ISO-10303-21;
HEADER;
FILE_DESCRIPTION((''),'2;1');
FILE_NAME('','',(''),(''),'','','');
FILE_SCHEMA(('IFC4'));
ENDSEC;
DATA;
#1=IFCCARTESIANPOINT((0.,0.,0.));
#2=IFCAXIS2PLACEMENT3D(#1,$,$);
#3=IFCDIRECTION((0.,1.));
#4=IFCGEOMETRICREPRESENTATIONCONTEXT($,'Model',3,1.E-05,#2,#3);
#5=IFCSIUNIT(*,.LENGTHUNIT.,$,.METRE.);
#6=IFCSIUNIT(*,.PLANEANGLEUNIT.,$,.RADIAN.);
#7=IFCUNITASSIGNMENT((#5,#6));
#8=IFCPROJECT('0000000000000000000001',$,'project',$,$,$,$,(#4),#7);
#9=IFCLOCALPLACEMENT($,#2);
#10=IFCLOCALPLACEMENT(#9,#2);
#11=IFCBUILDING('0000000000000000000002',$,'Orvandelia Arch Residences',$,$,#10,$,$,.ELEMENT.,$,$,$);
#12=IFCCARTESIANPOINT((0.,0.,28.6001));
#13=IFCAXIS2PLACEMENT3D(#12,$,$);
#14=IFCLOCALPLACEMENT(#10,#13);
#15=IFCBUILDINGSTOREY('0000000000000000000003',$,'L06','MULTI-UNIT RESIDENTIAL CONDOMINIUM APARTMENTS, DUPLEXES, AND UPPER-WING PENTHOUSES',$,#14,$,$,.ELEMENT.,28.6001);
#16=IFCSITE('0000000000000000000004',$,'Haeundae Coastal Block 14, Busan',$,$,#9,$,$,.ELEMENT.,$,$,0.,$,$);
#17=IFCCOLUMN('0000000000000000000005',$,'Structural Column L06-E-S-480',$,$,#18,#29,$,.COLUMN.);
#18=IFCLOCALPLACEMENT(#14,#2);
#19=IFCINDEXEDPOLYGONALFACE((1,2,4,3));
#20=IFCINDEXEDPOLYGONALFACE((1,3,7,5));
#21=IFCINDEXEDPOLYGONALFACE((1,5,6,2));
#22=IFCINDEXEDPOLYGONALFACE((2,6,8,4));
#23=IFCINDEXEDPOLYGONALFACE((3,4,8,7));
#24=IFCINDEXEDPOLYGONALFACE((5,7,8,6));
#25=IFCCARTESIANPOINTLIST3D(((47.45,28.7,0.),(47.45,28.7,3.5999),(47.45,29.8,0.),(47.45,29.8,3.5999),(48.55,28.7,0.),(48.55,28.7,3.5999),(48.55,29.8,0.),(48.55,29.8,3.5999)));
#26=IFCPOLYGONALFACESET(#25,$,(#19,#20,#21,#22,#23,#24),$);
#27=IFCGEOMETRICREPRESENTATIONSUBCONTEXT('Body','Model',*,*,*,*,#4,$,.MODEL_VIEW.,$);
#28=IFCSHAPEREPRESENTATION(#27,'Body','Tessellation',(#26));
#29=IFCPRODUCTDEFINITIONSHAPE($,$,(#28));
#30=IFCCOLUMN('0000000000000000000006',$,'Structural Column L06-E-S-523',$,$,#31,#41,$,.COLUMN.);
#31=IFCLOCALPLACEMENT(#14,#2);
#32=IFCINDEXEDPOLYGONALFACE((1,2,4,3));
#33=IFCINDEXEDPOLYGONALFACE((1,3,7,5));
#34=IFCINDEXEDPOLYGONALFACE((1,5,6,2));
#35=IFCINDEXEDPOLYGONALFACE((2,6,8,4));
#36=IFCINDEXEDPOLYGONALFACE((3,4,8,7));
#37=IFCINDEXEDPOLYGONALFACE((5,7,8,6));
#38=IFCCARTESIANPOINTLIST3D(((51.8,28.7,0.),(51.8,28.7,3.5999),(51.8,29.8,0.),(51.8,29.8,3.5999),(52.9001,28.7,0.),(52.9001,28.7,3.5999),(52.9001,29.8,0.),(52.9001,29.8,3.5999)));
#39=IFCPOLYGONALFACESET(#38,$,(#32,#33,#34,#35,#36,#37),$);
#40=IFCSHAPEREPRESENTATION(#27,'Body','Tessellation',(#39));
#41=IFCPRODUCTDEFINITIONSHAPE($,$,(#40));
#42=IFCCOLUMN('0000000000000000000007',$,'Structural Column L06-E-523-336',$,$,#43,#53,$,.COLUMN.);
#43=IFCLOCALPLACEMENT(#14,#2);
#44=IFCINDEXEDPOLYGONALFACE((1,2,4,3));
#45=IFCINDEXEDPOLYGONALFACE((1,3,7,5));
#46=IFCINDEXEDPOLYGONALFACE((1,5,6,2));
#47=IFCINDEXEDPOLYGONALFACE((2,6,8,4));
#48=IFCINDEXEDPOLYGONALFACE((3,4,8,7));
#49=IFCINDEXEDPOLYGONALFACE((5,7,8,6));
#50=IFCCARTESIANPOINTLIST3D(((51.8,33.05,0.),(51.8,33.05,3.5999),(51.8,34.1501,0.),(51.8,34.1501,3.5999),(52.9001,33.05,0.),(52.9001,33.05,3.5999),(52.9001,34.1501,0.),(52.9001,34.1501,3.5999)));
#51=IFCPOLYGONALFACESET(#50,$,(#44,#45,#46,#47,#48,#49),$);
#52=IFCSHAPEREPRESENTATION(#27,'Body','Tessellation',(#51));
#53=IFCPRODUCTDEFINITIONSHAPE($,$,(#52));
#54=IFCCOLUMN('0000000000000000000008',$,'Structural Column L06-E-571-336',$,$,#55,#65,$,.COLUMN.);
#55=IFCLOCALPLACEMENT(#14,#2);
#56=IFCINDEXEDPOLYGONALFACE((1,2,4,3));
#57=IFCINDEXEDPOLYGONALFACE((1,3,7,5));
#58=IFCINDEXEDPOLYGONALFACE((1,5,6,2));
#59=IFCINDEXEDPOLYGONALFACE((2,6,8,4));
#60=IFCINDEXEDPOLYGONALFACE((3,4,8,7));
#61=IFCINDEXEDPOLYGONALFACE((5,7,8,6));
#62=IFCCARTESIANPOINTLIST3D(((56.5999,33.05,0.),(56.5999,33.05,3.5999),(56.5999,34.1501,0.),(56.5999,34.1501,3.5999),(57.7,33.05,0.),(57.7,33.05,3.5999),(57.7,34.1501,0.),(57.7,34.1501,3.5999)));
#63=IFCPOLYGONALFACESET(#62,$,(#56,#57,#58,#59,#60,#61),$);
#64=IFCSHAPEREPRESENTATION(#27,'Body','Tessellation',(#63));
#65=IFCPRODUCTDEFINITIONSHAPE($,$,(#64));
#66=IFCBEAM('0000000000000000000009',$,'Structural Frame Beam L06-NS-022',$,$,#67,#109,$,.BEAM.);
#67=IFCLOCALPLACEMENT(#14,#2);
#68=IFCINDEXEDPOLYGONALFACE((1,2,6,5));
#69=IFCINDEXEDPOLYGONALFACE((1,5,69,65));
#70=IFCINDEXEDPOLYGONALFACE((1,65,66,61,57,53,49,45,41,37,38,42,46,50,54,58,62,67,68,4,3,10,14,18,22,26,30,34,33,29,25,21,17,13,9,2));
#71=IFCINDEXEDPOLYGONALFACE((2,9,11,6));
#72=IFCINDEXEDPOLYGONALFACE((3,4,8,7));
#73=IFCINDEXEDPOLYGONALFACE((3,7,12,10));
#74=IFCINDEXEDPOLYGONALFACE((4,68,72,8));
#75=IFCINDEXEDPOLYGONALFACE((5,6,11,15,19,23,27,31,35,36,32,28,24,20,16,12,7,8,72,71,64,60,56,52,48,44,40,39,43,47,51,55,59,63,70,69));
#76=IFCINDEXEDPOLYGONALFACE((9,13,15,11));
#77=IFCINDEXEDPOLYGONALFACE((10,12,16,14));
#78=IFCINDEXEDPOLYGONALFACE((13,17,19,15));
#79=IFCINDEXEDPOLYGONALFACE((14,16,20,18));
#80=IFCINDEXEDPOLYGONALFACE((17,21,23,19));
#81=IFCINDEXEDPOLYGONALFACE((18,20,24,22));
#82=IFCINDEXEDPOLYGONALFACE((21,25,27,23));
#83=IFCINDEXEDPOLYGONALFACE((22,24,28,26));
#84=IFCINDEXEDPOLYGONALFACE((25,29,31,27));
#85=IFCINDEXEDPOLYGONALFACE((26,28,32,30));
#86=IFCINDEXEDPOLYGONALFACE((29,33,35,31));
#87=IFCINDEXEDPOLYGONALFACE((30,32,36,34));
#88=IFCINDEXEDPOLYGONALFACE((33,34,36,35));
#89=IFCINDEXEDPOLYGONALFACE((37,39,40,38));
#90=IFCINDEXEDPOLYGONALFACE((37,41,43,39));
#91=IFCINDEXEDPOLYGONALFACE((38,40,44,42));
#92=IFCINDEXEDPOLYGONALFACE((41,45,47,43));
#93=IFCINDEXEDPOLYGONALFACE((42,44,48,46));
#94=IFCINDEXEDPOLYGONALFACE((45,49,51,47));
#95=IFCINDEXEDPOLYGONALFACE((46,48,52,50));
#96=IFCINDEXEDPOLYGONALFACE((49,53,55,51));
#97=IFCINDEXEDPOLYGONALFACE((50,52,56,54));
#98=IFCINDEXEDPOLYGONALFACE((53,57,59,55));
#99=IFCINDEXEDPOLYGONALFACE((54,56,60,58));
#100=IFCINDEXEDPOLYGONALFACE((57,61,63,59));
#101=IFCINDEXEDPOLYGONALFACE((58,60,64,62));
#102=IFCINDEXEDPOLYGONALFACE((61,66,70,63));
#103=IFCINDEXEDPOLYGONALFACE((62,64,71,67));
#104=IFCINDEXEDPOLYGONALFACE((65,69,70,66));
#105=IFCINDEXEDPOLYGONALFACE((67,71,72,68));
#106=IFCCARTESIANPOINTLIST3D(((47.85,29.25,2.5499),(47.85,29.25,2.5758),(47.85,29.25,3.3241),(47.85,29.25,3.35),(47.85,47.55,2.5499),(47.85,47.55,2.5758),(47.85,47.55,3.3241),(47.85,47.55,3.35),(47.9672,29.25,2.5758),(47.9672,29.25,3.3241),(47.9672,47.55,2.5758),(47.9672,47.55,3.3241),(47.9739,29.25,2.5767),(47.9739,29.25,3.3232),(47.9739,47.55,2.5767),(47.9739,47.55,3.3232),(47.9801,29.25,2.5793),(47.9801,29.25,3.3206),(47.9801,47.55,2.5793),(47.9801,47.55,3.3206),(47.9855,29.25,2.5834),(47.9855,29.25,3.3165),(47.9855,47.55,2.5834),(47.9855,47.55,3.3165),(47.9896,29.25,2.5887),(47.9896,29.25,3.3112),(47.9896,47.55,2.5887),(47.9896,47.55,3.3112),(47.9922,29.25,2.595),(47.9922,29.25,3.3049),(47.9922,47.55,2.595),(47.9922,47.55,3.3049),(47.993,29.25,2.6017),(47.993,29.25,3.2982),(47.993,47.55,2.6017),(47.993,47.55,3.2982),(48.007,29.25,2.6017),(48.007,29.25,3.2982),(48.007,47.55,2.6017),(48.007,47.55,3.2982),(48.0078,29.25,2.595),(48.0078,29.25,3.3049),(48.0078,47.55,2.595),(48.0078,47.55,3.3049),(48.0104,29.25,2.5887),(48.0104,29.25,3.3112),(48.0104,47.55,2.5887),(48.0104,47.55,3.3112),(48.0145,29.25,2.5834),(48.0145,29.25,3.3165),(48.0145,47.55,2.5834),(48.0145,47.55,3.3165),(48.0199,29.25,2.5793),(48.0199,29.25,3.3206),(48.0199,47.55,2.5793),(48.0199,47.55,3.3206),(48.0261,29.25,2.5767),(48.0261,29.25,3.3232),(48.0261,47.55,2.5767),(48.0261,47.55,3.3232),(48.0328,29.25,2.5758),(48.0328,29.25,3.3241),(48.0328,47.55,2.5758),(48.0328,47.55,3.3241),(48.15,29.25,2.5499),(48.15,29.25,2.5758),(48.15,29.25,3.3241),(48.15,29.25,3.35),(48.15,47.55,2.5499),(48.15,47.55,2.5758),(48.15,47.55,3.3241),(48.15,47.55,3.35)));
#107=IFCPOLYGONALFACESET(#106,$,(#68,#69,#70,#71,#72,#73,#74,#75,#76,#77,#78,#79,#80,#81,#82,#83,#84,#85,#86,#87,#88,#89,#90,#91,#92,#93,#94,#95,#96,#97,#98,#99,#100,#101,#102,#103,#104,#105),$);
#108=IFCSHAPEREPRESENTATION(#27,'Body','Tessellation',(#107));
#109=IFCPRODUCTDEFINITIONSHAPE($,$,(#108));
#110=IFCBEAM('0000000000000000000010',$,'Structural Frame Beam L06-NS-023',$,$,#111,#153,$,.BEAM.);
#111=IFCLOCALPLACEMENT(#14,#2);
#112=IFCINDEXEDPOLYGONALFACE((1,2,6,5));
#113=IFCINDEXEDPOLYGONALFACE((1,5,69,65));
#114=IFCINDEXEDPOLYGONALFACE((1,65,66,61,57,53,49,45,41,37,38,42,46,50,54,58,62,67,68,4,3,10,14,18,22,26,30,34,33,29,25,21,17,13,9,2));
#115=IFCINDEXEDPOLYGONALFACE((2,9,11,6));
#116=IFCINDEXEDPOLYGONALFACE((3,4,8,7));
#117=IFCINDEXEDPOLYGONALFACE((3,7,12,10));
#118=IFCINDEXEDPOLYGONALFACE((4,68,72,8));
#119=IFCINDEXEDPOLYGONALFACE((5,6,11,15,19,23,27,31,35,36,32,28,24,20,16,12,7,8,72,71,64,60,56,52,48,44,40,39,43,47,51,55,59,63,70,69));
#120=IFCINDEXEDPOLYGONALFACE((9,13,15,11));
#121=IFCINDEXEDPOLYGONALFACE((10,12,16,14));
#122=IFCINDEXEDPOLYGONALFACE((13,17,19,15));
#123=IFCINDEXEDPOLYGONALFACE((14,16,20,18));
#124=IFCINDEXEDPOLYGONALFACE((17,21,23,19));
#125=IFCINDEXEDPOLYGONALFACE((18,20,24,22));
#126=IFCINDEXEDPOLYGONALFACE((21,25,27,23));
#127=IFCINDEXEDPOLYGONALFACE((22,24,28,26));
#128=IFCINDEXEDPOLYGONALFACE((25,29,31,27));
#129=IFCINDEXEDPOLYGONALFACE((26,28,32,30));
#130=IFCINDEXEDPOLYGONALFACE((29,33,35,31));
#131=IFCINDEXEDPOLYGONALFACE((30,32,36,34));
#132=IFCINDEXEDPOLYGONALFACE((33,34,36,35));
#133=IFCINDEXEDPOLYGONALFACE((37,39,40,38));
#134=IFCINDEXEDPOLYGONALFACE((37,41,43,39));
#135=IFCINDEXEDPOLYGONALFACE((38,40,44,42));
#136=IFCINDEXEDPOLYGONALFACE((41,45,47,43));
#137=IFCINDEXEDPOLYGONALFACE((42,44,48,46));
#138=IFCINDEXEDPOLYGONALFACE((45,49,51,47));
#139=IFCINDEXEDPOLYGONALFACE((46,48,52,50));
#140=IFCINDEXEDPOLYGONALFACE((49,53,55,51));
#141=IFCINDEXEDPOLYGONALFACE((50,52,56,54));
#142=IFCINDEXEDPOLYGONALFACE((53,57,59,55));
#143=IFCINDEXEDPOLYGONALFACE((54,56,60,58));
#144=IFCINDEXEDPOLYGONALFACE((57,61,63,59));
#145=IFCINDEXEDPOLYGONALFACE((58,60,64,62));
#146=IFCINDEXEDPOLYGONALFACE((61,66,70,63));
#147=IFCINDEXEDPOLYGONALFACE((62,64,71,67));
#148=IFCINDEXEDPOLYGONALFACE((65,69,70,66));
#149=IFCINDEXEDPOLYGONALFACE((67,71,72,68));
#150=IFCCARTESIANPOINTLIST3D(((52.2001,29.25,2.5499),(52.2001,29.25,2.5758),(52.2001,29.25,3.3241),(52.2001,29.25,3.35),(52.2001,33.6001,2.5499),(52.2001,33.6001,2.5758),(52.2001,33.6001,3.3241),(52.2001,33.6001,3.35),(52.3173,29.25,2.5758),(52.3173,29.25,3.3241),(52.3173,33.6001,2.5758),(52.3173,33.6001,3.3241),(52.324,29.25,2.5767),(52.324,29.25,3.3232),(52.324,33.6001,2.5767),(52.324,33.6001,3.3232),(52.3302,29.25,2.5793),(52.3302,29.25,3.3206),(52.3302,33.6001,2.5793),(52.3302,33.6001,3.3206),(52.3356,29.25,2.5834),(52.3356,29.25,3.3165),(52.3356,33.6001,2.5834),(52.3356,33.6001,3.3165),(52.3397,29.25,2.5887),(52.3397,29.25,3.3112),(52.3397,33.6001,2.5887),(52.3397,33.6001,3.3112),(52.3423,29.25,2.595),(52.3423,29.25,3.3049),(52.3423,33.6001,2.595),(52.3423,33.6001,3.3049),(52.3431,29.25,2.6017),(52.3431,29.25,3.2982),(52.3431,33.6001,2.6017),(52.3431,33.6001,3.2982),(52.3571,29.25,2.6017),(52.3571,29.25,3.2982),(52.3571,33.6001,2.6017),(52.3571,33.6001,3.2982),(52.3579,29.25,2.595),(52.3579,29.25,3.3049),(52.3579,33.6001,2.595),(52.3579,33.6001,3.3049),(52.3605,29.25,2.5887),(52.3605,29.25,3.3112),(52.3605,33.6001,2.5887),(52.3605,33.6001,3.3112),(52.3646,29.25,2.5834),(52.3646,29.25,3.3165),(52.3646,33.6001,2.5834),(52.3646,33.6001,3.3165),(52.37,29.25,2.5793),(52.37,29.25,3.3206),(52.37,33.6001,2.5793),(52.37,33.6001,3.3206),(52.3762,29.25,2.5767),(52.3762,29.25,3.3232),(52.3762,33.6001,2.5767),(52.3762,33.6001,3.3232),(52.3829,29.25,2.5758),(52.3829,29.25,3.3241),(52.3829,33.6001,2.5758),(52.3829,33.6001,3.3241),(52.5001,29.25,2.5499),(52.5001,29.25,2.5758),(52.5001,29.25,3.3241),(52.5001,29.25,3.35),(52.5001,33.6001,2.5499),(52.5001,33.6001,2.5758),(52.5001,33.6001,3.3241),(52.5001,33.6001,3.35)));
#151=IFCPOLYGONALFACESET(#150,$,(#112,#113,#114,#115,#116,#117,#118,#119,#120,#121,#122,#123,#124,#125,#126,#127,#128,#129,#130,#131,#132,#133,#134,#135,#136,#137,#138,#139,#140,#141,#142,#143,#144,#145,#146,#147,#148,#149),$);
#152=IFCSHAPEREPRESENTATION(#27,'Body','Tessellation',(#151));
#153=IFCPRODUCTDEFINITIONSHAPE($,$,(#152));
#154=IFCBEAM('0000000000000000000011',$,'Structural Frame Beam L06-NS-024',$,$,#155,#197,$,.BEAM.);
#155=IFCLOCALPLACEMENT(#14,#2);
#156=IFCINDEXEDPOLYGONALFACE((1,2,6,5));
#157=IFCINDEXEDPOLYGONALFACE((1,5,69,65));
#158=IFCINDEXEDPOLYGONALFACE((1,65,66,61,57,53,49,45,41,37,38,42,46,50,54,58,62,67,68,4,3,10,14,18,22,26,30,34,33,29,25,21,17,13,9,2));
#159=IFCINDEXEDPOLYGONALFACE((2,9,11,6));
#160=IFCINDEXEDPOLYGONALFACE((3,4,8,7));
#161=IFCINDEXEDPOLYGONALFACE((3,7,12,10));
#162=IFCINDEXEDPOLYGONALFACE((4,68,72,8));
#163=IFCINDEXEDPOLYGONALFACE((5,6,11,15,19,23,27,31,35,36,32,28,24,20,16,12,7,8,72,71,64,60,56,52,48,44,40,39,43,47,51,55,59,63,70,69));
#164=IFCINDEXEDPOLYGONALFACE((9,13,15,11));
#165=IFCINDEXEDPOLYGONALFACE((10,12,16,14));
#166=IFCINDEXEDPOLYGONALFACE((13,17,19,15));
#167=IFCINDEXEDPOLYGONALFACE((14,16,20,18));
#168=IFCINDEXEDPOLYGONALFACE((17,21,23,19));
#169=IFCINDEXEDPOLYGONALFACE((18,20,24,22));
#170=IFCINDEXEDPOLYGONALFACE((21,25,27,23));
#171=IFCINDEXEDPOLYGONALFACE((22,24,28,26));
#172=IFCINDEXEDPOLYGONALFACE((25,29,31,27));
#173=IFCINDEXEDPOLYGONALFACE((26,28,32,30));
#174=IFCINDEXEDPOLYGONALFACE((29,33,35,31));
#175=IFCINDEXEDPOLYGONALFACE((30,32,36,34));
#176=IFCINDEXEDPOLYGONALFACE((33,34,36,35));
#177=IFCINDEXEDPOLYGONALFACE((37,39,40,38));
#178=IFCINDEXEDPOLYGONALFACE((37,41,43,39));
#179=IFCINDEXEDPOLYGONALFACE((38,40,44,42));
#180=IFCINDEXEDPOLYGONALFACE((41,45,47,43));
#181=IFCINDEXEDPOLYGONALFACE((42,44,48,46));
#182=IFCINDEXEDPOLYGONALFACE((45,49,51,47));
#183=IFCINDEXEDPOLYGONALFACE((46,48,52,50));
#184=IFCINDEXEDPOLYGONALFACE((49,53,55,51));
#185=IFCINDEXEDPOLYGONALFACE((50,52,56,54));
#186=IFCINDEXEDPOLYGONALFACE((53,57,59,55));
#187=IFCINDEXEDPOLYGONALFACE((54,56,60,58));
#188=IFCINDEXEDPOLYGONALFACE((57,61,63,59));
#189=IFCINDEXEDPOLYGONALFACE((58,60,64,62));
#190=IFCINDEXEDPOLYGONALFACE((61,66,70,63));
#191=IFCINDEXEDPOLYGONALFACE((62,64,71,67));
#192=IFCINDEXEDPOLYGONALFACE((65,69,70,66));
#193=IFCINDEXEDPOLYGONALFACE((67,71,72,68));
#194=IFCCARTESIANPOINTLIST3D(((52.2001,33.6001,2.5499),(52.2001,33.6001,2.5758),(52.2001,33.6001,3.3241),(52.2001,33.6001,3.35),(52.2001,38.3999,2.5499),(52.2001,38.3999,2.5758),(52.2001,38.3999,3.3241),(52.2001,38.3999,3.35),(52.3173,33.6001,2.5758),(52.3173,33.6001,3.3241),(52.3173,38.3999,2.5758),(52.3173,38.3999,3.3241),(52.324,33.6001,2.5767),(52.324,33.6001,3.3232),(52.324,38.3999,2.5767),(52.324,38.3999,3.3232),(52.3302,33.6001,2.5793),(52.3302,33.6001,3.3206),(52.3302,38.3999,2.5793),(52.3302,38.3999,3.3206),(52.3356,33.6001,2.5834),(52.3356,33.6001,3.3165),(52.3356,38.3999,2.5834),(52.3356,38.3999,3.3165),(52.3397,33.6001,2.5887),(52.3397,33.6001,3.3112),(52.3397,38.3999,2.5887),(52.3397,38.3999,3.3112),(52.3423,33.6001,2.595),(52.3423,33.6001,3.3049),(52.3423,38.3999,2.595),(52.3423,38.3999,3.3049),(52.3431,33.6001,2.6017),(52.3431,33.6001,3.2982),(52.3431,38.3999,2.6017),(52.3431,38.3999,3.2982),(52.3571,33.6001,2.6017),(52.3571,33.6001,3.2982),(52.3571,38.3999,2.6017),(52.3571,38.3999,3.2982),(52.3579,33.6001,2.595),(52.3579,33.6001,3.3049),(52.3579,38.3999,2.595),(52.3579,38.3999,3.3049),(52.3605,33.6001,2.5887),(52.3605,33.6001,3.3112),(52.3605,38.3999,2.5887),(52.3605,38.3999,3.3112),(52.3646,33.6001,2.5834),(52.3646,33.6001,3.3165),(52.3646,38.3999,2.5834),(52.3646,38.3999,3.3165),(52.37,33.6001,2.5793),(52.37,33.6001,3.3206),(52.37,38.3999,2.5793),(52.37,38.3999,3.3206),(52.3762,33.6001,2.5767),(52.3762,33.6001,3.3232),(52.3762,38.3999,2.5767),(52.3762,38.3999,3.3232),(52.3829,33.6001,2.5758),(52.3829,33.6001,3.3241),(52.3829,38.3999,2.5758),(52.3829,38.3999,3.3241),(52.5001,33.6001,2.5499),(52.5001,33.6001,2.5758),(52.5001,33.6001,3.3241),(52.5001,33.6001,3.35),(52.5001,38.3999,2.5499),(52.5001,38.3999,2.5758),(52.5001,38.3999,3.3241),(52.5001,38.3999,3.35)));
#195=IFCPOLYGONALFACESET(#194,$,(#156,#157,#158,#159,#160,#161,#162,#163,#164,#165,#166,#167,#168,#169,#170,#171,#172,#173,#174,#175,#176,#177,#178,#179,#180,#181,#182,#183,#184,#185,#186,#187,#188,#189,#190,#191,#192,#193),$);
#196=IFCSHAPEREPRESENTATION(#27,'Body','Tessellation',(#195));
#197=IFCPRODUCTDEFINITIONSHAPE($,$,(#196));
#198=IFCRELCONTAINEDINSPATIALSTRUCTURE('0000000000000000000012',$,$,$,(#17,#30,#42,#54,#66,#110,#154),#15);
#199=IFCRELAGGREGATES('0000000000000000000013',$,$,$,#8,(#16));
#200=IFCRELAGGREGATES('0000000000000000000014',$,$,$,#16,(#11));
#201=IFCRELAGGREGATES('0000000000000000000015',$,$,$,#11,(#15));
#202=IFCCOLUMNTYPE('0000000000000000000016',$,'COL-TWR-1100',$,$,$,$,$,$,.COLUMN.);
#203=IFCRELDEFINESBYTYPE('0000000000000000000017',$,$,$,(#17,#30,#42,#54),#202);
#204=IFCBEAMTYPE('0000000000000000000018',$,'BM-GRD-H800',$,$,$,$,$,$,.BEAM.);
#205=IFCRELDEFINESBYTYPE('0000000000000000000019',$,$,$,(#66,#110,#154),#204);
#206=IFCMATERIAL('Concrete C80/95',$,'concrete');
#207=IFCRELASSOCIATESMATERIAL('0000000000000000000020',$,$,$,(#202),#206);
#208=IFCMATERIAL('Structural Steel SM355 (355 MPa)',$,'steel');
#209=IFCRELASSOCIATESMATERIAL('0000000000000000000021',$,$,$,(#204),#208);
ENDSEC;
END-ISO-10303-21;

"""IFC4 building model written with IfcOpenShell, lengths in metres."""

from ifc_helpers import new_model, si_unit, direction, frame, origin, origin_2d, place, context, subcontext, project, spatial, rectangle, i_section, extrude, material, material_profile, profile_set, type_object, element, save


model = new_model("IFC4")

# Units and contexts
model_context = context("Model", 3, precision=1e-05, world=origin(), true_north=direction((0.0, 1.0)))
body_context = subcontext(model_context, "Body", "Model", "MODEL_VIEW")
ifc_project = project(units=[si_unit("LENGTHUNIT", "METRE"), si_unit("PLANEANGLEUNIT", "RADIAN")], contexts=[model_context])

# Site, building, storey
site_placement = place(None, origin())
site = spatial("IfcSite", under=ifc_project, at=site_placement, Name="Haeundae Coastal Block 14, Busan", CompositionType="ELEMENT", RefElevation=0.0)
building_placement = place(site_placement, origin())
building = spatial("IfcBuilding", under=site, at=building_placement, Name="Orvandelia Arch Residences", CompositionType="ELEMENT")
storey_placement = place(building_placement, frame((0.0, 0.0, 28.6001)))
storey = spatial("IfcBuildingStorey", under=building, at=storey_placement, Name="L06", Description="MULTI-UNIT RESIDENTIAL CONDOMINIUM APARTMENTS, DUPLEXES, AND UPPER-WING PENTHOUSES", CompositionType="ELEMENT", Elevation=28.6001)

# Columns
ifc_material_1 = material(Name="Concrete C80/95", Category="concrete")
ifc_material_profile_1 = material_profile(ifc_material_1, rectangle(XDim=1.1001, YDim=1.1001, at=origin_2d()), Name="Concrete C80/95", Category="concrete")
ifc_profile_set_1 = profile_set([ifc_material_profile_1], Name="Concrete C80/95")
column_type = type_object("IfcColumnType", Name="COL-TWR-1100", PredefinedType="COLUMN", material=ifc_profile_set_1)
for number, where, z_axis, x_axis, name in (
    (1, (48.0, 29.25, 0.0), (0.0, 0.0, 1.0), (1.0, 0.0, 0.0), "Structural Column L06-E-S-480"),
    (2, (52.3501, 29.25, 0.0), (0.0, 0.0, 1.0), (1.0, 0.0, 0.0), "Structural Column L06-E-S-523"),
    (3, (52.3501, 33.6001, 0.0), (0.0, 0.0, 1.0), (1.0, 0.0, 0.0), "Structural Column L06-E-523-336"),
    (4, (57.1499, 33.6001, 0.0), (0.0, 0.0, 1.0), (1.0, 0.0, 0.0), "Structural Column L06-E-571-336"),
):
    element("IfcColumn", number, at=place(storey_placement, frame(where, z_axis=z_axis, x_axis=x_axis)), inside=storey, type_object=column_type, Name=name, PredefinedType="COLUMN", context=body_context, shape_type="SweptSolid", body=[
        extrude(rectangle(XDim=1.1001, YDim=1.1001, at=origin_2d()), origin(), (0.0, 0.0, 1.0), 3.5999),
    ])

# Beams
ifc_material_2 = material(Name="Structural Steel SM355 (355 MPa)", Category="steel")
ifc_material_profile_2 = material_profile(ifc_material_2, i_section(OverallWidth=0.3, OverallDepth=0.8, WebThickness=0.0139, FlangeThickness=0.0259, FilletRadius=0.0259, at=origin_2d()), Name="Structural Steel SM355 (355 MPa)", Category="steel")
ifc_profile_set_2 = profile_set([ifc_material_profile_2], Name="Structural Steel SM355 (355 MPa)")
beam_type = type_object("IfcBeamType", Name="BM-GRD-H800", PredefinedType="BEAM", material=ifc_profile_set_2)
beam_1_placement = place(storey_placement, frame((48.0, 29.25, 2.95), z_axis=(0.0, 1.0, 0.0), x_axis=(-1.0, 0.0, 0.0)))
element("IfcBeam", 5, at=beam_1_placement, inside=storey, type_object=beam_type, Name="Structural Frame Beam L06-NS-022", PredefinedType="BEAM", context=body_context, shape_type="SweptSolid", body=[
    extrude(i_section(OverallWidth=0.3, OverallDepth=0.8, WebThickness=0.0139, FlangeThickness=0.0259, FilletRadius=0.0259, at=origin_2d()), origin(), (0.0, 0.0, 1.0), 18.3),
])
beam_2_placement = place(storey_placement, frame((52.3501, 29.25, 2.95), z_axis=(0.0, 1.0, 0.0), x_axis=(-1.0, 0.0, 0.0)))
element("IfcBeam", 6, at=beam_2_placement, inside=storey, type_object=beam_type, Name="Structural Frame Beam L06-NS-023", PredefinedType="BEAM", context=body_context, shape_type="SweptSolid", body=[
    extrude(i_section(OverallWidth=0.3, OverallDepth=0.8, WebThickness=0.0139, FlangeThickness=0.0259, FilletRadius=0.0259, at=origin_2d()), origin(), (0.0, 0.0, 1.0), 4.3501),
])
for number, where, z_axis, x_axis, name in (
    (7, (52.3501, 33.6001, 2.95), (0.0, 1.0, 0.0), (-1.0, 0.0, 0.0), "Structural Frame Beam L06-NS-024"),
):
    element("IfcBeam", number, at=place(storey_placement, frame(where, z_axis=z_axis, x_axis=x_axis)), inside=storey, type_object=beam_type, Name=name, PredefinedType="BEAM", context=body_context, shape_type="SweptSolid", body=[
        extrude(i_section(OverallWidth=0.3, OverallDepth=0.8, WebThickness=0.0139, FlangeThickness=0.0259, FilletRadius=0.0259, at=origin_2d()), origin(), (0.0, 0.0, 1.0), 4.7998),
    ])

save(model, "model.ifc")
